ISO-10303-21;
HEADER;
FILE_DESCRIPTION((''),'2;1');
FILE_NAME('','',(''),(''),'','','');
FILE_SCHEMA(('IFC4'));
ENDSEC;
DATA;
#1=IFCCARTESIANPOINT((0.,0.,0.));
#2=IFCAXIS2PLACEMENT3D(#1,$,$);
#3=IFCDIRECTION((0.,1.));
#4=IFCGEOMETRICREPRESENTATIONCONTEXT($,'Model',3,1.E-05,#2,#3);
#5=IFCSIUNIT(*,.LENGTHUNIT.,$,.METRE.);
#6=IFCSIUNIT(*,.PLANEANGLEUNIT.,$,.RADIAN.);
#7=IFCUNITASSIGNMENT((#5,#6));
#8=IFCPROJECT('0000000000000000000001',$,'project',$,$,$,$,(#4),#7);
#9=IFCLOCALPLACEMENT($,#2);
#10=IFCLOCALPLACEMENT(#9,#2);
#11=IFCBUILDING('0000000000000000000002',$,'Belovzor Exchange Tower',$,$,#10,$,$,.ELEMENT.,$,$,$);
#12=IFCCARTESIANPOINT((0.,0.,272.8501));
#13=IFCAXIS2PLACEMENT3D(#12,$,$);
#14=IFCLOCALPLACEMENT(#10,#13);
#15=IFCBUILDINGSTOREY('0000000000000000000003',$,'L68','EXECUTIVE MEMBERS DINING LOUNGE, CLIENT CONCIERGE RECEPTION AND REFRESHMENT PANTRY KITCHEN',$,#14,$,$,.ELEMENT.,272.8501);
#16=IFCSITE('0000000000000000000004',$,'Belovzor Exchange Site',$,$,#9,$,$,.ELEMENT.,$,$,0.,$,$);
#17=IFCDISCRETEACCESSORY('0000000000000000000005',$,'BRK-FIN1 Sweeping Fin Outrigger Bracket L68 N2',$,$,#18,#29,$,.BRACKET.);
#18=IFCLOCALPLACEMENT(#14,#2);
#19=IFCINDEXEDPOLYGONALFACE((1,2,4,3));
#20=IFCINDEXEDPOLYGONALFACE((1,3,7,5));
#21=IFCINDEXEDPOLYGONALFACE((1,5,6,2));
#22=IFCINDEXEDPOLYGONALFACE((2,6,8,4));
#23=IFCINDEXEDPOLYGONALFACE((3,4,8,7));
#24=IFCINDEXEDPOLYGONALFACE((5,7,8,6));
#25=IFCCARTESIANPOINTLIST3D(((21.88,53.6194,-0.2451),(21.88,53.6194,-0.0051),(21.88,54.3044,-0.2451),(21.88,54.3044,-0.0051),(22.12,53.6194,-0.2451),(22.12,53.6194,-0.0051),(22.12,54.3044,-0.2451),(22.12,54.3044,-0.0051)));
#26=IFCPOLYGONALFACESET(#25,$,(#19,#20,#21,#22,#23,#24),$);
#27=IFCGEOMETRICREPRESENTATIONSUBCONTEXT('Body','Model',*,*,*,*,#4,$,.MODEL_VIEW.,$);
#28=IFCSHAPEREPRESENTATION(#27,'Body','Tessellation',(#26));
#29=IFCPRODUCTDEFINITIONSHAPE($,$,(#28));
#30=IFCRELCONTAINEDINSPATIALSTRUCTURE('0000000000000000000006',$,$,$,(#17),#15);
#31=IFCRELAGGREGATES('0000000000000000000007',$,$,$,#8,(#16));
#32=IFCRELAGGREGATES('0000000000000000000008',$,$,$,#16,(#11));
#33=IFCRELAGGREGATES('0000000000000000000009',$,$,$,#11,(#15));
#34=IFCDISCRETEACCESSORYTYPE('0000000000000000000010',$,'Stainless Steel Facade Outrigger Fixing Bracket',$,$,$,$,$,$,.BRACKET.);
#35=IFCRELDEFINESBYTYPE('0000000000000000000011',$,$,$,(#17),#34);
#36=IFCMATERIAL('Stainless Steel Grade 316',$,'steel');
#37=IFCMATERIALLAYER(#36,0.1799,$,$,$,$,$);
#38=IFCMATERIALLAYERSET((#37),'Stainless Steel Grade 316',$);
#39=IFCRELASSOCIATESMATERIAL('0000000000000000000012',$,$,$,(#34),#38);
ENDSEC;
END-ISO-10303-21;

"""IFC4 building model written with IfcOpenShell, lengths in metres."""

from ifc_helpers import new_model, si_unit, direction, frame, origin, origin_2d, place, context, subcontext, project, spatial, rectangle, extrude, material, layer, layer_set, type_object, element, save


model = new_model("IFC4")

# Units and contexts
model_context = context("Model", 3, precision=1e-05, world=origin(), true_north=direction((0.0, 1.0)))
body_context = subcontext(model_context, "Body", "Model", "MODEL_VIEW")
ifc_project = project(units=[si_unit("LENGTHUNIT", "METRE"), si_unit("PLANEANGLEUNIT", "RADIAN")], contexts=[model_context])

# Site, building, storey
site_placement = place(None, origin())
site = spatial("IfcSite", under=ifc_project, at=site_placement, Name="Belovzor Exchange Site", CompositionType="ELEMENT", RefElevation=0.0)
building_placement = place(site_placement, origin())
building = spatial("IfcBuilding", under=site, at=building_placement, Name="Belovzor Exchange Tower", CompositionType="ELEMENT")
storey_placement = place(building_placement, frame((0.0, 0.0, 272.8501)))
storey = spatial("IfcBuildingStorey", under=building, at=storey_placement, Name="L68", Description="EXECUTIVE MEMBERS DINING LOUNGE, CLIENT CONCIERGE RECEPTION AND REFRESHMENT PANTRY KITCHEN", CompositionType="ELEMENT", Elevation=272.8501)

# Discrete accessory
ifc_material_1 = material(Name="Stainless Steel Grade 316", Category="steel")
ifc_layer_1 = layer(ifc_material_1, 0.1799)
ifc_layer_set_1 = layer_set([ifc_layer_1], Name="Stainless Steel Grade 316")
discrete_accessory_type = type_object("IfcDiscreteAccessoryType", Name="Stainless Steel Facade Outrigger Fixing Bracket", PredefinedType="BRACKET", material=ifc_layer_set_1)
discrete_accessory_placement = place(storey_placement, frame((22.0, 53.9619, -0.2451), z_axis=(0.0, 0.0, 1.0), x_axis=(0.0, 1.0, 0.0)))
element("IfcDiscreteAccessory", 1, at=discrete_accessory_placement, inside=storey, type_object=discrete_accessory_type, Name="BRK-FIN1 Sweeping Fin Outrigger Bracket L68 N2", PredefinedType="BRACKET", context=body_context, shape_type="SweptSolid", body=[
    extrude(rectangle(XDim=0.6851, YDim=0.24, at=origin_2d()), origin(), (0.0, 0.0, 1.0), 0.24),
])

save(model, "model.ifc")
